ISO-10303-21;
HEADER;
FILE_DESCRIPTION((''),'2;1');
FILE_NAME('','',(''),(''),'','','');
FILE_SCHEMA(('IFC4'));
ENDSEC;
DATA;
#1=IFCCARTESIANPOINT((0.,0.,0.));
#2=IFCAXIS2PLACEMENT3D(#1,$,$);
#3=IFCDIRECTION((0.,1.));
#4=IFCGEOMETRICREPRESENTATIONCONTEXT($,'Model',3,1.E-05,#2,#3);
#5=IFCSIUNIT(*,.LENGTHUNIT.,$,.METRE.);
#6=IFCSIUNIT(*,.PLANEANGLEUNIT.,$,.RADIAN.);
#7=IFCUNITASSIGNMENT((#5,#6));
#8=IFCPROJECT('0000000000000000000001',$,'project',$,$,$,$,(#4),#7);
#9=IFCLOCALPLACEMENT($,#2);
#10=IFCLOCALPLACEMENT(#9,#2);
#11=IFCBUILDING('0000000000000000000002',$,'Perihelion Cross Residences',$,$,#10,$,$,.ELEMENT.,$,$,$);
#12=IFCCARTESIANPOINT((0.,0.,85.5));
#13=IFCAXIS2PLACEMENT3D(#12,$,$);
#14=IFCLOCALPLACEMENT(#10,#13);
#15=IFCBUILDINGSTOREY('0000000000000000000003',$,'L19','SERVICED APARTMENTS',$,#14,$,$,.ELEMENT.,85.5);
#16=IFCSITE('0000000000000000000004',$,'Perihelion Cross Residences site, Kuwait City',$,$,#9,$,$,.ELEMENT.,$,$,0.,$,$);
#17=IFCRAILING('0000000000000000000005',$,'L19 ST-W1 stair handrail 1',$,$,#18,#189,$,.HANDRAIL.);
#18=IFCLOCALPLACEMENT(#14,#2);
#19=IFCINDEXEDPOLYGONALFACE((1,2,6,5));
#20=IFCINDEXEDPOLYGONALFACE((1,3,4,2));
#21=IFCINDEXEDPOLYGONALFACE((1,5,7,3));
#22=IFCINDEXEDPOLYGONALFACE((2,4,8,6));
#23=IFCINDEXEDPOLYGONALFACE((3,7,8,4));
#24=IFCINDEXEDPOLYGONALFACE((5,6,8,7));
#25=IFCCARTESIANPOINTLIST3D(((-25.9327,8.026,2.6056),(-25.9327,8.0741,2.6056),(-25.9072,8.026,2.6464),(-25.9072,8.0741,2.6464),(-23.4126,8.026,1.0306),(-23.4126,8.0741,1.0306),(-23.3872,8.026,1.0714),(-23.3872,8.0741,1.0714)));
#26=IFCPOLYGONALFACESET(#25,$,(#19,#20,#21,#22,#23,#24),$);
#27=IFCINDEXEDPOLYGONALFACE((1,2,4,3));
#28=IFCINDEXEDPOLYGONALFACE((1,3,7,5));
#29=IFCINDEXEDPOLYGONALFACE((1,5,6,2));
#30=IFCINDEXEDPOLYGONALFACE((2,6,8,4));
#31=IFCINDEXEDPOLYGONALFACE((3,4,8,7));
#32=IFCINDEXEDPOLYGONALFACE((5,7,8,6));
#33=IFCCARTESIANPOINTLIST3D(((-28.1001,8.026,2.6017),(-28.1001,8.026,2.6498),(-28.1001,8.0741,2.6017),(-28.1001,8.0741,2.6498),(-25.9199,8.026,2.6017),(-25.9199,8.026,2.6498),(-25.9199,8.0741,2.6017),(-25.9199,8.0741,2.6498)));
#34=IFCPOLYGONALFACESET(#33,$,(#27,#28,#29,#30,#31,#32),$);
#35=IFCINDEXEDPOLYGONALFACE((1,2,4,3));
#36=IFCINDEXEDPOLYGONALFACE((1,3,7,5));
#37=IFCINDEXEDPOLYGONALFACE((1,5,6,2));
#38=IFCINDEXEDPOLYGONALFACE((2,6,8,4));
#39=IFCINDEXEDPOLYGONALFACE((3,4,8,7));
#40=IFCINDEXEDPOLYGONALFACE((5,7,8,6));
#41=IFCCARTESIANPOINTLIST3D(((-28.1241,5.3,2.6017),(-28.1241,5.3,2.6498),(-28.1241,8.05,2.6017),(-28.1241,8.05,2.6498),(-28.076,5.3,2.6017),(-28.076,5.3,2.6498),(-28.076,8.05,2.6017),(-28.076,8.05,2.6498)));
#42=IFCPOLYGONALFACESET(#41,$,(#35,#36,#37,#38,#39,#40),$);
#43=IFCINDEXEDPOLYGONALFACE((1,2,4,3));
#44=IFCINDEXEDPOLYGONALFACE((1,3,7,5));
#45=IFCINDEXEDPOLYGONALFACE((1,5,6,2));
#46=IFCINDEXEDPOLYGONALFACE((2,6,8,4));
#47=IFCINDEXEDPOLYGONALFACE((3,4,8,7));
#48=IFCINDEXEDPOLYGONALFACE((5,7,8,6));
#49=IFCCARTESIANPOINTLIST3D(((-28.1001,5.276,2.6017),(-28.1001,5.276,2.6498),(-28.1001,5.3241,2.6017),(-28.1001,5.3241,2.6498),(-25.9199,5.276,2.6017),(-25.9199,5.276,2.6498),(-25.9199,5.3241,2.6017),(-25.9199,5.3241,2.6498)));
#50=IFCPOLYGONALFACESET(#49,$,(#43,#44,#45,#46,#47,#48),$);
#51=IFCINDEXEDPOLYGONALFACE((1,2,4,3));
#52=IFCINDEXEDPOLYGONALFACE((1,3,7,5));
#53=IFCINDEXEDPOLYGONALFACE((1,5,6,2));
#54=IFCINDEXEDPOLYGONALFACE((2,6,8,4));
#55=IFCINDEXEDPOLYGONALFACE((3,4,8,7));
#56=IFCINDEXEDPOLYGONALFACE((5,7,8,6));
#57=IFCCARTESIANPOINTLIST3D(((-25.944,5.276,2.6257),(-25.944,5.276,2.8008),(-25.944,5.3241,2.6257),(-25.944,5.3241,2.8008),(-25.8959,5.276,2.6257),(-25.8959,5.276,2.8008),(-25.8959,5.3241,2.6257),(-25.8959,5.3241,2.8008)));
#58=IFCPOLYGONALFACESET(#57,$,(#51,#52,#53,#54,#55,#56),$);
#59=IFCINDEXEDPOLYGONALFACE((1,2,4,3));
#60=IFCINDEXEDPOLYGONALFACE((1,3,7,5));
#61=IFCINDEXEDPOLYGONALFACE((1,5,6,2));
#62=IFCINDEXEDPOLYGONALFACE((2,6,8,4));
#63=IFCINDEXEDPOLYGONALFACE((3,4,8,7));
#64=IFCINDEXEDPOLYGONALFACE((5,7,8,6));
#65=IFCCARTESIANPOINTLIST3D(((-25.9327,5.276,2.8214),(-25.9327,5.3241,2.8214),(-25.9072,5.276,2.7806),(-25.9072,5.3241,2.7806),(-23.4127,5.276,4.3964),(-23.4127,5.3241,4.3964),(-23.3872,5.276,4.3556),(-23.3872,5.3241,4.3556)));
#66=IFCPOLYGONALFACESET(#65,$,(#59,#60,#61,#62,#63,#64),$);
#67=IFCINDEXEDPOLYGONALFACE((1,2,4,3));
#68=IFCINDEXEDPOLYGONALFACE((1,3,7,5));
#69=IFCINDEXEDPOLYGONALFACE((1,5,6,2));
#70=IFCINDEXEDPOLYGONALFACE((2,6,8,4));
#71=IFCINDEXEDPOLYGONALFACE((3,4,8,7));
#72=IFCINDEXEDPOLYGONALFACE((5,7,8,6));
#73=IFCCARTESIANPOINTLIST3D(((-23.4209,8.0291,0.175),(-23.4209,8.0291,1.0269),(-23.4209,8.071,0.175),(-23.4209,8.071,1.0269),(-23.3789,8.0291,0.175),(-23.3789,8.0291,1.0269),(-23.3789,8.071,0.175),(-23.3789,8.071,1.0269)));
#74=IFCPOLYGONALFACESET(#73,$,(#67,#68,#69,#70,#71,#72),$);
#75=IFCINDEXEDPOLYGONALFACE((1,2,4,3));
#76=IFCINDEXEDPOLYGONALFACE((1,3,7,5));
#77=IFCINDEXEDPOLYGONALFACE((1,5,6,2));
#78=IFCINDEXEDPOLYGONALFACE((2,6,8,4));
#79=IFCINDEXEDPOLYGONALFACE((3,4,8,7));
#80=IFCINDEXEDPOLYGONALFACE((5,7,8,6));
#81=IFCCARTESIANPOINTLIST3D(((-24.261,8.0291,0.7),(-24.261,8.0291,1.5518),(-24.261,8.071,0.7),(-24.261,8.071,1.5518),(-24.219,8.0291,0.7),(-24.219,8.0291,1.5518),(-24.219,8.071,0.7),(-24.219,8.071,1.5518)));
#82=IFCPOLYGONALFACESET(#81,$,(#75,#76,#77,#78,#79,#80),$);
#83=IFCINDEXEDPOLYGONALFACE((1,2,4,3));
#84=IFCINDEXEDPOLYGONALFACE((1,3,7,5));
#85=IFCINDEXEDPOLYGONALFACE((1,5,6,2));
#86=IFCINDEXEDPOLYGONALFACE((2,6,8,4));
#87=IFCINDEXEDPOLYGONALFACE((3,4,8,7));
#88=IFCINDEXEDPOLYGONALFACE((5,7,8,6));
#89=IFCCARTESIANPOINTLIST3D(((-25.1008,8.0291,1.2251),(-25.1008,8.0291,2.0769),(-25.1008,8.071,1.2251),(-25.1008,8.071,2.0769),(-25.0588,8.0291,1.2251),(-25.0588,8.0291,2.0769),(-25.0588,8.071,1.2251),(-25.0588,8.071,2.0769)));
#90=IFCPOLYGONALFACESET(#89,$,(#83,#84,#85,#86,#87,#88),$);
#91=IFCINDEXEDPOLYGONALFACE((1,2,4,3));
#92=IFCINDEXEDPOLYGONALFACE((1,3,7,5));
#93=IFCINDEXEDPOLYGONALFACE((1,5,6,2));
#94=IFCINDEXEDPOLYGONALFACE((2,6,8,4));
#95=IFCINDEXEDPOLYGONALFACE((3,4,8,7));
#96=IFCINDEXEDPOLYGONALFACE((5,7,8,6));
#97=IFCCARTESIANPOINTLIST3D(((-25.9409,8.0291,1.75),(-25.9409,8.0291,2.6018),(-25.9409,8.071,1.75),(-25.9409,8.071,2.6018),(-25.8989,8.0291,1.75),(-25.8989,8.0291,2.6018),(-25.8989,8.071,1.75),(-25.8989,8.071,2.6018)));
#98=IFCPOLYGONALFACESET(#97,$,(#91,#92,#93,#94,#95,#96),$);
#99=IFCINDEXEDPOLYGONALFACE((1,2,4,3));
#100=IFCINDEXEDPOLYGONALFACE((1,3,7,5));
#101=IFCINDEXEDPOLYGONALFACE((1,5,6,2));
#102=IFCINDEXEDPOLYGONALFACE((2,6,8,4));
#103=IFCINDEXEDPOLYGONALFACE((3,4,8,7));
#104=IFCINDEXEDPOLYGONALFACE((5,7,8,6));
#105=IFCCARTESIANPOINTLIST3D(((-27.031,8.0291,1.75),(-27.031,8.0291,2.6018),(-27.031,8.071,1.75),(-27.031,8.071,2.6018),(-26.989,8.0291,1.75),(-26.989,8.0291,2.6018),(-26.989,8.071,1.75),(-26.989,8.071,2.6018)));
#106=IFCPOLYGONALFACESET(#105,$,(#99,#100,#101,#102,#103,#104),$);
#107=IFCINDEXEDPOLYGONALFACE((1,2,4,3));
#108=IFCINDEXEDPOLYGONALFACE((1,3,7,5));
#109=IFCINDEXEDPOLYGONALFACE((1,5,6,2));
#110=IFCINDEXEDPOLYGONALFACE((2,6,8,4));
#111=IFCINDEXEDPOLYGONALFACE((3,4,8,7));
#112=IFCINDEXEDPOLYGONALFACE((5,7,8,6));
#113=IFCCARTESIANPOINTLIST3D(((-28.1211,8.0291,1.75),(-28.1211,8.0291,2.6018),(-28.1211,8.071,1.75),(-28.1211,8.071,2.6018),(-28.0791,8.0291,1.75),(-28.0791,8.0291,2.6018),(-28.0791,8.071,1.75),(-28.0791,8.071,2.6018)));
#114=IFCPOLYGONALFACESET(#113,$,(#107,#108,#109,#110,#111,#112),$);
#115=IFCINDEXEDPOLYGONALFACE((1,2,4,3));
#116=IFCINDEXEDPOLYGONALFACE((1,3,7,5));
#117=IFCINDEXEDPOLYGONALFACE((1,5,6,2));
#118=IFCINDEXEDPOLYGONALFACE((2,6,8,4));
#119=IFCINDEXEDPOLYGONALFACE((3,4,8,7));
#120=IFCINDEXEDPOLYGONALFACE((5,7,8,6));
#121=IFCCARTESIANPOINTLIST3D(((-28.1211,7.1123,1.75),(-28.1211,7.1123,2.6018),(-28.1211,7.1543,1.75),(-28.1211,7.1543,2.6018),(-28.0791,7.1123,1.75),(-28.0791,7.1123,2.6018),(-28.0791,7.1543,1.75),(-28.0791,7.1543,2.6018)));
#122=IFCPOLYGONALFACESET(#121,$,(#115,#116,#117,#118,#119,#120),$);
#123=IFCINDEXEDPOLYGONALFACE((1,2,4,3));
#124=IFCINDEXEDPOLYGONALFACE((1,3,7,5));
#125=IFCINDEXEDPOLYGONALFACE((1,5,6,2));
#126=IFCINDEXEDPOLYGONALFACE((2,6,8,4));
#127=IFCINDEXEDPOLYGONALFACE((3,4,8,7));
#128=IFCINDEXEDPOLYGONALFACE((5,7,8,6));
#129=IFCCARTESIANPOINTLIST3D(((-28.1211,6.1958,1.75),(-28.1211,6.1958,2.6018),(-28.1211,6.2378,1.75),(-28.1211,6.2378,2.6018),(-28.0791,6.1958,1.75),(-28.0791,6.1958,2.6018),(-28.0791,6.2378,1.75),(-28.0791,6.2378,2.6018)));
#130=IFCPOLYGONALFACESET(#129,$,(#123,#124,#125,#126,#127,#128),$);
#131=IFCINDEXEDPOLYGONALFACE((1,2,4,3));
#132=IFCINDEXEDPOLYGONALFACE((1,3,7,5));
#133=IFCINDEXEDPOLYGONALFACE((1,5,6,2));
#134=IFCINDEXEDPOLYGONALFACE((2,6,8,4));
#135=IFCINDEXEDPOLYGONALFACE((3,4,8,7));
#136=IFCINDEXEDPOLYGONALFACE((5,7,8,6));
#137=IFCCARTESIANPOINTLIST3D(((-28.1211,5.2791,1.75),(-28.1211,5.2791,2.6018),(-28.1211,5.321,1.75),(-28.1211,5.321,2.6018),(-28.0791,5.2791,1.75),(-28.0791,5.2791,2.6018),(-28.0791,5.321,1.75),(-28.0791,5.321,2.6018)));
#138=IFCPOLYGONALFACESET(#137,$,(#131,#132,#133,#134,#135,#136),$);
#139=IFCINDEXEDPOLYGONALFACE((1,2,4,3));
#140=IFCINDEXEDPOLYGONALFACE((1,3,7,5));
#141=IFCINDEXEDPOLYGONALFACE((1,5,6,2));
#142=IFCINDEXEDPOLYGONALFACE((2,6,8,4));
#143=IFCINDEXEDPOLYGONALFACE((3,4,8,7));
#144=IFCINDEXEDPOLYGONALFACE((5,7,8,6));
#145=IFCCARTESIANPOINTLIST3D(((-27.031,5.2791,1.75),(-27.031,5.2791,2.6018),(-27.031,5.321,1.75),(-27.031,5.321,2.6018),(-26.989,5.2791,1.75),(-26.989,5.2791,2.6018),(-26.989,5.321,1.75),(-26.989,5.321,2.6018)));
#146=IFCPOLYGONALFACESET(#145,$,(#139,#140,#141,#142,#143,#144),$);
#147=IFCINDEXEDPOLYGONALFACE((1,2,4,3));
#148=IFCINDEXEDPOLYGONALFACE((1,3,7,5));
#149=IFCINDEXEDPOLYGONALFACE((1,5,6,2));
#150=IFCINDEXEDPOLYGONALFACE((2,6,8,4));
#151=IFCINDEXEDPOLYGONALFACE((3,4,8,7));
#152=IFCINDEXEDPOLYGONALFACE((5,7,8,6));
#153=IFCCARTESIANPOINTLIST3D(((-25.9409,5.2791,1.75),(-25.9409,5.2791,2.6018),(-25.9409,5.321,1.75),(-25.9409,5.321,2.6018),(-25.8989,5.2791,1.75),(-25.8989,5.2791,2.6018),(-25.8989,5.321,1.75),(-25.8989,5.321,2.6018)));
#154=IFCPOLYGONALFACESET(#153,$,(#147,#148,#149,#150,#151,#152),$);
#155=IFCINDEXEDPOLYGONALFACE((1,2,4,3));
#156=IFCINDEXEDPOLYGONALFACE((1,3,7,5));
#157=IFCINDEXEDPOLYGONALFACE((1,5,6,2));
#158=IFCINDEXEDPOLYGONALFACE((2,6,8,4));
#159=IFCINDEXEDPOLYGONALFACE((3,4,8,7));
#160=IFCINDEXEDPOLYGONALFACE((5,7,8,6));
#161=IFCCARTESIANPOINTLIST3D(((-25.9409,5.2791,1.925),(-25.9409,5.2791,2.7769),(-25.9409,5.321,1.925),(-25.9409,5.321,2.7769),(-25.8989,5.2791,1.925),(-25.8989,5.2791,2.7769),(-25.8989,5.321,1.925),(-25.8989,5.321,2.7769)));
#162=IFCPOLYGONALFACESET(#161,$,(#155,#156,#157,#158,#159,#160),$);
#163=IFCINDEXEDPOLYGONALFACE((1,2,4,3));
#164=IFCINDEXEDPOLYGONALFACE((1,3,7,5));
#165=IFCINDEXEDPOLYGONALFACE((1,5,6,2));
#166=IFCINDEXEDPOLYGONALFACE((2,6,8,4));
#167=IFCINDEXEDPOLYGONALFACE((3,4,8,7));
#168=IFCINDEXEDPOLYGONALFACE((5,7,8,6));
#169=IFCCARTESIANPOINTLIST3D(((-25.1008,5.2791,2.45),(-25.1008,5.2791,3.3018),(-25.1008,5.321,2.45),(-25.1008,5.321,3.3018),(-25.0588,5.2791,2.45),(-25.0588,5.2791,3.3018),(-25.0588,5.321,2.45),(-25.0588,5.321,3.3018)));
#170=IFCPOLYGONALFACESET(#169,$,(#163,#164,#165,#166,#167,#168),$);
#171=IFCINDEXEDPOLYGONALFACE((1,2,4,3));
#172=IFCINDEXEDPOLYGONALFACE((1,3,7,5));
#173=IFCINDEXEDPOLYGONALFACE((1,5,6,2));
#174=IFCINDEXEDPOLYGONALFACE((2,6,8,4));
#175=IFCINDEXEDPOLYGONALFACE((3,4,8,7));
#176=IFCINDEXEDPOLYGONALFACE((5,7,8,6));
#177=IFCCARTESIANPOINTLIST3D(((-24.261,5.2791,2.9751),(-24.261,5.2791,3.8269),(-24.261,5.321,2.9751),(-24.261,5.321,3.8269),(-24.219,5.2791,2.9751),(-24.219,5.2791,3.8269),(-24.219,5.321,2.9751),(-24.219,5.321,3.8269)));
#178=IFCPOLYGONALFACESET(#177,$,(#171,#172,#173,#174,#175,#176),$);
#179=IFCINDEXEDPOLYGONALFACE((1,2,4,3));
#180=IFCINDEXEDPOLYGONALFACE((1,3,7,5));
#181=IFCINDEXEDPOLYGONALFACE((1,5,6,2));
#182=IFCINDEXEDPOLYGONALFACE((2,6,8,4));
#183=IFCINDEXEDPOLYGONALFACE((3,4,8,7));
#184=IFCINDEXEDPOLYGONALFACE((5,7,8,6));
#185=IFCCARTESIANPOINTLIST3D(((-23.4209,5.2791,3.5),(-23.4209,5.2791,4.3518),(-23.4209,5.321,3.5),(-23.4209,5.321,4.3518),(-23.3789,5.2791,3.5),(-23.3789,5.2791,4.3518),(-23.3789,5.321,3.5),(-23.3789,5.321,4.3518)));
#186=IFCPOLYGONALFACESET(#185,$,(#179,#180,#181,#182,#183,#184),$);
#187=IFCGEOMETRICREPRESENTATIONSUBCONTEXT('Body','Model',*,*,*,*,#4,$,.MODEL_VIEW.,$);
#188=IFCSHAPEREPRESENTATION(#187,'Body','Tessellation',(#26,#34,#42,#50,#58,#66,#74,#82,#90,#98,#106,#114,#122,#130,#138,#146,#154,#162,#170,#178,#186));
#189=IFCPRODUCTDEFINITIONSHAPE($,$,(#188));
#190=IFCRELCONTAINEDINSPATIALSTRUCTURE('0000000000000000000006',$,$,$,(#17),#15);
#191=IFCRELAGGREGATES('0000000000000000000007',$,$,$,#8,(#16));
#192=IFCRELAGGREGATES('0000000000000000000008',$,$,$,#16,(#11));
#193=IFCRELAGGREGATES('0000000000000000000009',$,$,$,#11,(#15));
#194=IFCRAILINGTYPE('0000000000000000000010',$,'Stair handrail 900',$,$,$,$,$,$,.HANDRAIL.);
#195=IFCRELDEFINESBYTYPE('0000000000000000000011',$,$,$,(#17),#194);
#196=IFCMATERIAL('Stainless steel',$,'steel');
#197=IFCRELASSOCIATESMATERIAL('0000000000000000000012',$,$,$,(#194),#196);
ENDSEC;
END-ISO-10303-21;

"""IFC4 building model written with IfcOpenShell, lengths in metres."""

from ifc_helpers import new_model, si_unit, direction, frame, origin, origin_2d, place, context, subcontext, project, spatial, rectangle, extrude, material, type_object, element, save


model = new_model("IFC4")

# Units and contexts
model_context = context("Model", 3, precision=1e-05, world=origin(), true_north=direction((0.0, 1.0)))
body_context = subcontext(model_context, "Body", "Model", "MODEL_VIEW")
ifc_project = project(units=[si_unit("LENGTHUNIT", "METRE"), si_unit("PLANEANGLEUNIT", "RADIAN")], contexts=[model_context])

# Site, building, storey
site_placement = place(None, origin())
site = spatial("IfcSite", under=ifc_project, at=site_placement, Name="Perihelion Cross Residences site, Kuwait City", CompositionType="ELEMENT", RefElevation=0.0)
building_placement = place(site_placement, origin())
building = spatial("IfcBuilding", under=site, at=building_placement, Name="Perihelion Cross Residences", CompositionType="ELEMENT")
storey_placement = place(building_placement, frame((0.0, 0.0, 85.5)))
storey = spatial("IfcBuildingStorey", under=building, at=storey_placement, Name="L19", Description="SERVICED APARTMENTS", CompositionType="ELEMENT", Elevation=85.5)

# Railing
ifc_material_1 = material(Name="Stainless steel", Category="steel")
railing_type_1 = type_object("IfcRailingType", Name="Stair handrail 900", PredefinedType="HANDRAIL", material=ifc_material_1)
railing_1_placement = place(storey_placement, frame((-23.3999, 8.05, 0.175)))
element("IfcRailing", 1, at=railing_1_placement, inside=storey, type_object=railing_type_1, Name="L19 ST-W1 stair handrail 1", PredefinedType="HANDRAIL", context=body_context, shape_type="SweptSolid", body=[
    extrude(rectangle(XDim=0.0481, YDim=0.0481, at=origin_2d()), frame((0.0, 0.0, 0.876), z_axis=(-0.848008, 0.0, 0.529984), x_axis=(0.0, -1.0, 0.0)), (0.0, 0.0, 1.0), 2.9717),
    extrude(rectangle(XDim=0.0481, YDim=0.0481, at=origin_2d()), frame((-2.52, 0.0, 2.4507), z_axis=(-1.0, 0.0, 0.0), x_axis=(0.0, -1.0, 0.0)), (0.0, 0.0, 1.0), 2.1802),
    extrude(rectangle(XDim=0.0481, YDim=0.0481, at=origin_2d()), frame((-4.7002, 0.0, 2.4507), z_axis=(0.0, -1.0, 0.0), x_axis=(1.0, 0.0, 0.0)), (0.0, 0.0, 1.0), 2.75),
    extrude(rectangle(XDim=0.0481, YDim=0.0481, at=origin_2d()), frame((-4.7002, -2.75, 2.4507), z_axis=(1.0, 0.0, 0.0), x_axis=(0.0, 1.0, 0.0)), (0.0, 0.0, 1.0), 2.1802),
    extrude(rectangle(XDim=0.0481, YDim=0.0481, at=origin_2d()), frame((-2.52, -2.75, 2.4507), z_axis=(0.0, 0.0, 1.0), x_axis=(1.0, 0.0, 0.0)), (0.0, 0.0, 1.0), 0.175),
    extrude(rectangle(XDim=0.0481, YDim=0.0481, at=origin_2d()), frame((-2.52, -2.75, 2.626), z_axis=(0.848008, 0.0, 0.529984), x_axis=(0.0, 1.0, 0.0)), (0.0, 0.0, 1.0), 2.9717),
    extrude(rectangle(XDim=0.042, YDim=0.042, at=origin_2d()), origin(), (0.0, 0.0, 1.0), 0.8518),
    extrude(rectangle(XDim=0.042, YDim=0.042, at=origin_2d()), frame((-0.8401, 0.0, 0.5249)), (0.0, 0.0, 1.0), 0.8518),
    extrude(rectangle(XDim=0.042, YDim=0.042, at=origin_2d()), frame((-1.6799, 0.0, 1.05)), (0.0, 0.0, 1.0), 0.8518),
    extrude(rectangle(XDim=0.042, YDim=0.042, at=origin_2d()), frame((-2.52, 0.0, 1.575)), (0.0, 0.0, 1.0), 0.8518),
    extrude(rectangle(XDim=0.042, YDim=0.042, at=origin_2d()), frame((-3.6101, 0.0, 1.575)), (0.0, 0.0, 1.0), 0.8518),
    extrude(rectangle(XDim=0.042, YDim=0.042, at=origin_2d()), frame((-4.7002, 0.0, 1.575)), (0.0, 0.0, 1.0), 0.8518),
    extrude(rectangle(XDim=0.042, YDim=0.042, at=origin_2d()), frame((-4.7002, -0.9167, 1.575)), (0.0, 0.0, 1.0), 0.8518),
    extrude(rectangle(XDim=0.042, YDim=0.042, at=origin_2d()), frame((-4.7002, -1.8333, 1.575)), (0.0, 0.0, 1.0), 0.8518),
    extrude(rectangle(XDim=0.042, YDim=0.042, at=origin_2d()), frame((-4.7002, -2.75, 1.575)), (0.0, 0.0, 1.0), 0.8518),
    extrude(rectangle(XDim=0.042, YDim=0.042, at=origin_2d()), frame((-3.6101, -2.75, 1.575)), (0.0, 0.0, 1.0), 0.8518),
    extrude(rectangle(XDim=0.042, YDim=0.042, at=origin_2d()), frame((-2.52, -2.75, 1.575)), (0.0, 0.0, 1.0), 0.8518),
    extrude(rectangle(XDim=0.042, YDim=0.042, at=origin_2d()), frame((-2.52, -2.75, 1.75)), (0.0, 0.0, 1.0), 0.8518),
    extrude(rectangle(XDim=0.042, YDim=0.042, at=origin_2d()), frame((-1.6799, -2.75, 2.2749)), (0.0, 0.0, 1.0), 0.8518),
    extrude(rectangle(XDim=0.042, YDim=0.042, at=origin_2d()), frame((-0.8401, -2.75, 2.8)), (0.0, 0.0, 1.0), 0.8518),
    extrude(rectangle(XDim=0.042, YDim=0.042, at=origin_2d()), frame((0.0, -2.75, 3.325)), (0.0, 0.0, 1.0), 0.8518),
])

save(model, "model.ifc")
